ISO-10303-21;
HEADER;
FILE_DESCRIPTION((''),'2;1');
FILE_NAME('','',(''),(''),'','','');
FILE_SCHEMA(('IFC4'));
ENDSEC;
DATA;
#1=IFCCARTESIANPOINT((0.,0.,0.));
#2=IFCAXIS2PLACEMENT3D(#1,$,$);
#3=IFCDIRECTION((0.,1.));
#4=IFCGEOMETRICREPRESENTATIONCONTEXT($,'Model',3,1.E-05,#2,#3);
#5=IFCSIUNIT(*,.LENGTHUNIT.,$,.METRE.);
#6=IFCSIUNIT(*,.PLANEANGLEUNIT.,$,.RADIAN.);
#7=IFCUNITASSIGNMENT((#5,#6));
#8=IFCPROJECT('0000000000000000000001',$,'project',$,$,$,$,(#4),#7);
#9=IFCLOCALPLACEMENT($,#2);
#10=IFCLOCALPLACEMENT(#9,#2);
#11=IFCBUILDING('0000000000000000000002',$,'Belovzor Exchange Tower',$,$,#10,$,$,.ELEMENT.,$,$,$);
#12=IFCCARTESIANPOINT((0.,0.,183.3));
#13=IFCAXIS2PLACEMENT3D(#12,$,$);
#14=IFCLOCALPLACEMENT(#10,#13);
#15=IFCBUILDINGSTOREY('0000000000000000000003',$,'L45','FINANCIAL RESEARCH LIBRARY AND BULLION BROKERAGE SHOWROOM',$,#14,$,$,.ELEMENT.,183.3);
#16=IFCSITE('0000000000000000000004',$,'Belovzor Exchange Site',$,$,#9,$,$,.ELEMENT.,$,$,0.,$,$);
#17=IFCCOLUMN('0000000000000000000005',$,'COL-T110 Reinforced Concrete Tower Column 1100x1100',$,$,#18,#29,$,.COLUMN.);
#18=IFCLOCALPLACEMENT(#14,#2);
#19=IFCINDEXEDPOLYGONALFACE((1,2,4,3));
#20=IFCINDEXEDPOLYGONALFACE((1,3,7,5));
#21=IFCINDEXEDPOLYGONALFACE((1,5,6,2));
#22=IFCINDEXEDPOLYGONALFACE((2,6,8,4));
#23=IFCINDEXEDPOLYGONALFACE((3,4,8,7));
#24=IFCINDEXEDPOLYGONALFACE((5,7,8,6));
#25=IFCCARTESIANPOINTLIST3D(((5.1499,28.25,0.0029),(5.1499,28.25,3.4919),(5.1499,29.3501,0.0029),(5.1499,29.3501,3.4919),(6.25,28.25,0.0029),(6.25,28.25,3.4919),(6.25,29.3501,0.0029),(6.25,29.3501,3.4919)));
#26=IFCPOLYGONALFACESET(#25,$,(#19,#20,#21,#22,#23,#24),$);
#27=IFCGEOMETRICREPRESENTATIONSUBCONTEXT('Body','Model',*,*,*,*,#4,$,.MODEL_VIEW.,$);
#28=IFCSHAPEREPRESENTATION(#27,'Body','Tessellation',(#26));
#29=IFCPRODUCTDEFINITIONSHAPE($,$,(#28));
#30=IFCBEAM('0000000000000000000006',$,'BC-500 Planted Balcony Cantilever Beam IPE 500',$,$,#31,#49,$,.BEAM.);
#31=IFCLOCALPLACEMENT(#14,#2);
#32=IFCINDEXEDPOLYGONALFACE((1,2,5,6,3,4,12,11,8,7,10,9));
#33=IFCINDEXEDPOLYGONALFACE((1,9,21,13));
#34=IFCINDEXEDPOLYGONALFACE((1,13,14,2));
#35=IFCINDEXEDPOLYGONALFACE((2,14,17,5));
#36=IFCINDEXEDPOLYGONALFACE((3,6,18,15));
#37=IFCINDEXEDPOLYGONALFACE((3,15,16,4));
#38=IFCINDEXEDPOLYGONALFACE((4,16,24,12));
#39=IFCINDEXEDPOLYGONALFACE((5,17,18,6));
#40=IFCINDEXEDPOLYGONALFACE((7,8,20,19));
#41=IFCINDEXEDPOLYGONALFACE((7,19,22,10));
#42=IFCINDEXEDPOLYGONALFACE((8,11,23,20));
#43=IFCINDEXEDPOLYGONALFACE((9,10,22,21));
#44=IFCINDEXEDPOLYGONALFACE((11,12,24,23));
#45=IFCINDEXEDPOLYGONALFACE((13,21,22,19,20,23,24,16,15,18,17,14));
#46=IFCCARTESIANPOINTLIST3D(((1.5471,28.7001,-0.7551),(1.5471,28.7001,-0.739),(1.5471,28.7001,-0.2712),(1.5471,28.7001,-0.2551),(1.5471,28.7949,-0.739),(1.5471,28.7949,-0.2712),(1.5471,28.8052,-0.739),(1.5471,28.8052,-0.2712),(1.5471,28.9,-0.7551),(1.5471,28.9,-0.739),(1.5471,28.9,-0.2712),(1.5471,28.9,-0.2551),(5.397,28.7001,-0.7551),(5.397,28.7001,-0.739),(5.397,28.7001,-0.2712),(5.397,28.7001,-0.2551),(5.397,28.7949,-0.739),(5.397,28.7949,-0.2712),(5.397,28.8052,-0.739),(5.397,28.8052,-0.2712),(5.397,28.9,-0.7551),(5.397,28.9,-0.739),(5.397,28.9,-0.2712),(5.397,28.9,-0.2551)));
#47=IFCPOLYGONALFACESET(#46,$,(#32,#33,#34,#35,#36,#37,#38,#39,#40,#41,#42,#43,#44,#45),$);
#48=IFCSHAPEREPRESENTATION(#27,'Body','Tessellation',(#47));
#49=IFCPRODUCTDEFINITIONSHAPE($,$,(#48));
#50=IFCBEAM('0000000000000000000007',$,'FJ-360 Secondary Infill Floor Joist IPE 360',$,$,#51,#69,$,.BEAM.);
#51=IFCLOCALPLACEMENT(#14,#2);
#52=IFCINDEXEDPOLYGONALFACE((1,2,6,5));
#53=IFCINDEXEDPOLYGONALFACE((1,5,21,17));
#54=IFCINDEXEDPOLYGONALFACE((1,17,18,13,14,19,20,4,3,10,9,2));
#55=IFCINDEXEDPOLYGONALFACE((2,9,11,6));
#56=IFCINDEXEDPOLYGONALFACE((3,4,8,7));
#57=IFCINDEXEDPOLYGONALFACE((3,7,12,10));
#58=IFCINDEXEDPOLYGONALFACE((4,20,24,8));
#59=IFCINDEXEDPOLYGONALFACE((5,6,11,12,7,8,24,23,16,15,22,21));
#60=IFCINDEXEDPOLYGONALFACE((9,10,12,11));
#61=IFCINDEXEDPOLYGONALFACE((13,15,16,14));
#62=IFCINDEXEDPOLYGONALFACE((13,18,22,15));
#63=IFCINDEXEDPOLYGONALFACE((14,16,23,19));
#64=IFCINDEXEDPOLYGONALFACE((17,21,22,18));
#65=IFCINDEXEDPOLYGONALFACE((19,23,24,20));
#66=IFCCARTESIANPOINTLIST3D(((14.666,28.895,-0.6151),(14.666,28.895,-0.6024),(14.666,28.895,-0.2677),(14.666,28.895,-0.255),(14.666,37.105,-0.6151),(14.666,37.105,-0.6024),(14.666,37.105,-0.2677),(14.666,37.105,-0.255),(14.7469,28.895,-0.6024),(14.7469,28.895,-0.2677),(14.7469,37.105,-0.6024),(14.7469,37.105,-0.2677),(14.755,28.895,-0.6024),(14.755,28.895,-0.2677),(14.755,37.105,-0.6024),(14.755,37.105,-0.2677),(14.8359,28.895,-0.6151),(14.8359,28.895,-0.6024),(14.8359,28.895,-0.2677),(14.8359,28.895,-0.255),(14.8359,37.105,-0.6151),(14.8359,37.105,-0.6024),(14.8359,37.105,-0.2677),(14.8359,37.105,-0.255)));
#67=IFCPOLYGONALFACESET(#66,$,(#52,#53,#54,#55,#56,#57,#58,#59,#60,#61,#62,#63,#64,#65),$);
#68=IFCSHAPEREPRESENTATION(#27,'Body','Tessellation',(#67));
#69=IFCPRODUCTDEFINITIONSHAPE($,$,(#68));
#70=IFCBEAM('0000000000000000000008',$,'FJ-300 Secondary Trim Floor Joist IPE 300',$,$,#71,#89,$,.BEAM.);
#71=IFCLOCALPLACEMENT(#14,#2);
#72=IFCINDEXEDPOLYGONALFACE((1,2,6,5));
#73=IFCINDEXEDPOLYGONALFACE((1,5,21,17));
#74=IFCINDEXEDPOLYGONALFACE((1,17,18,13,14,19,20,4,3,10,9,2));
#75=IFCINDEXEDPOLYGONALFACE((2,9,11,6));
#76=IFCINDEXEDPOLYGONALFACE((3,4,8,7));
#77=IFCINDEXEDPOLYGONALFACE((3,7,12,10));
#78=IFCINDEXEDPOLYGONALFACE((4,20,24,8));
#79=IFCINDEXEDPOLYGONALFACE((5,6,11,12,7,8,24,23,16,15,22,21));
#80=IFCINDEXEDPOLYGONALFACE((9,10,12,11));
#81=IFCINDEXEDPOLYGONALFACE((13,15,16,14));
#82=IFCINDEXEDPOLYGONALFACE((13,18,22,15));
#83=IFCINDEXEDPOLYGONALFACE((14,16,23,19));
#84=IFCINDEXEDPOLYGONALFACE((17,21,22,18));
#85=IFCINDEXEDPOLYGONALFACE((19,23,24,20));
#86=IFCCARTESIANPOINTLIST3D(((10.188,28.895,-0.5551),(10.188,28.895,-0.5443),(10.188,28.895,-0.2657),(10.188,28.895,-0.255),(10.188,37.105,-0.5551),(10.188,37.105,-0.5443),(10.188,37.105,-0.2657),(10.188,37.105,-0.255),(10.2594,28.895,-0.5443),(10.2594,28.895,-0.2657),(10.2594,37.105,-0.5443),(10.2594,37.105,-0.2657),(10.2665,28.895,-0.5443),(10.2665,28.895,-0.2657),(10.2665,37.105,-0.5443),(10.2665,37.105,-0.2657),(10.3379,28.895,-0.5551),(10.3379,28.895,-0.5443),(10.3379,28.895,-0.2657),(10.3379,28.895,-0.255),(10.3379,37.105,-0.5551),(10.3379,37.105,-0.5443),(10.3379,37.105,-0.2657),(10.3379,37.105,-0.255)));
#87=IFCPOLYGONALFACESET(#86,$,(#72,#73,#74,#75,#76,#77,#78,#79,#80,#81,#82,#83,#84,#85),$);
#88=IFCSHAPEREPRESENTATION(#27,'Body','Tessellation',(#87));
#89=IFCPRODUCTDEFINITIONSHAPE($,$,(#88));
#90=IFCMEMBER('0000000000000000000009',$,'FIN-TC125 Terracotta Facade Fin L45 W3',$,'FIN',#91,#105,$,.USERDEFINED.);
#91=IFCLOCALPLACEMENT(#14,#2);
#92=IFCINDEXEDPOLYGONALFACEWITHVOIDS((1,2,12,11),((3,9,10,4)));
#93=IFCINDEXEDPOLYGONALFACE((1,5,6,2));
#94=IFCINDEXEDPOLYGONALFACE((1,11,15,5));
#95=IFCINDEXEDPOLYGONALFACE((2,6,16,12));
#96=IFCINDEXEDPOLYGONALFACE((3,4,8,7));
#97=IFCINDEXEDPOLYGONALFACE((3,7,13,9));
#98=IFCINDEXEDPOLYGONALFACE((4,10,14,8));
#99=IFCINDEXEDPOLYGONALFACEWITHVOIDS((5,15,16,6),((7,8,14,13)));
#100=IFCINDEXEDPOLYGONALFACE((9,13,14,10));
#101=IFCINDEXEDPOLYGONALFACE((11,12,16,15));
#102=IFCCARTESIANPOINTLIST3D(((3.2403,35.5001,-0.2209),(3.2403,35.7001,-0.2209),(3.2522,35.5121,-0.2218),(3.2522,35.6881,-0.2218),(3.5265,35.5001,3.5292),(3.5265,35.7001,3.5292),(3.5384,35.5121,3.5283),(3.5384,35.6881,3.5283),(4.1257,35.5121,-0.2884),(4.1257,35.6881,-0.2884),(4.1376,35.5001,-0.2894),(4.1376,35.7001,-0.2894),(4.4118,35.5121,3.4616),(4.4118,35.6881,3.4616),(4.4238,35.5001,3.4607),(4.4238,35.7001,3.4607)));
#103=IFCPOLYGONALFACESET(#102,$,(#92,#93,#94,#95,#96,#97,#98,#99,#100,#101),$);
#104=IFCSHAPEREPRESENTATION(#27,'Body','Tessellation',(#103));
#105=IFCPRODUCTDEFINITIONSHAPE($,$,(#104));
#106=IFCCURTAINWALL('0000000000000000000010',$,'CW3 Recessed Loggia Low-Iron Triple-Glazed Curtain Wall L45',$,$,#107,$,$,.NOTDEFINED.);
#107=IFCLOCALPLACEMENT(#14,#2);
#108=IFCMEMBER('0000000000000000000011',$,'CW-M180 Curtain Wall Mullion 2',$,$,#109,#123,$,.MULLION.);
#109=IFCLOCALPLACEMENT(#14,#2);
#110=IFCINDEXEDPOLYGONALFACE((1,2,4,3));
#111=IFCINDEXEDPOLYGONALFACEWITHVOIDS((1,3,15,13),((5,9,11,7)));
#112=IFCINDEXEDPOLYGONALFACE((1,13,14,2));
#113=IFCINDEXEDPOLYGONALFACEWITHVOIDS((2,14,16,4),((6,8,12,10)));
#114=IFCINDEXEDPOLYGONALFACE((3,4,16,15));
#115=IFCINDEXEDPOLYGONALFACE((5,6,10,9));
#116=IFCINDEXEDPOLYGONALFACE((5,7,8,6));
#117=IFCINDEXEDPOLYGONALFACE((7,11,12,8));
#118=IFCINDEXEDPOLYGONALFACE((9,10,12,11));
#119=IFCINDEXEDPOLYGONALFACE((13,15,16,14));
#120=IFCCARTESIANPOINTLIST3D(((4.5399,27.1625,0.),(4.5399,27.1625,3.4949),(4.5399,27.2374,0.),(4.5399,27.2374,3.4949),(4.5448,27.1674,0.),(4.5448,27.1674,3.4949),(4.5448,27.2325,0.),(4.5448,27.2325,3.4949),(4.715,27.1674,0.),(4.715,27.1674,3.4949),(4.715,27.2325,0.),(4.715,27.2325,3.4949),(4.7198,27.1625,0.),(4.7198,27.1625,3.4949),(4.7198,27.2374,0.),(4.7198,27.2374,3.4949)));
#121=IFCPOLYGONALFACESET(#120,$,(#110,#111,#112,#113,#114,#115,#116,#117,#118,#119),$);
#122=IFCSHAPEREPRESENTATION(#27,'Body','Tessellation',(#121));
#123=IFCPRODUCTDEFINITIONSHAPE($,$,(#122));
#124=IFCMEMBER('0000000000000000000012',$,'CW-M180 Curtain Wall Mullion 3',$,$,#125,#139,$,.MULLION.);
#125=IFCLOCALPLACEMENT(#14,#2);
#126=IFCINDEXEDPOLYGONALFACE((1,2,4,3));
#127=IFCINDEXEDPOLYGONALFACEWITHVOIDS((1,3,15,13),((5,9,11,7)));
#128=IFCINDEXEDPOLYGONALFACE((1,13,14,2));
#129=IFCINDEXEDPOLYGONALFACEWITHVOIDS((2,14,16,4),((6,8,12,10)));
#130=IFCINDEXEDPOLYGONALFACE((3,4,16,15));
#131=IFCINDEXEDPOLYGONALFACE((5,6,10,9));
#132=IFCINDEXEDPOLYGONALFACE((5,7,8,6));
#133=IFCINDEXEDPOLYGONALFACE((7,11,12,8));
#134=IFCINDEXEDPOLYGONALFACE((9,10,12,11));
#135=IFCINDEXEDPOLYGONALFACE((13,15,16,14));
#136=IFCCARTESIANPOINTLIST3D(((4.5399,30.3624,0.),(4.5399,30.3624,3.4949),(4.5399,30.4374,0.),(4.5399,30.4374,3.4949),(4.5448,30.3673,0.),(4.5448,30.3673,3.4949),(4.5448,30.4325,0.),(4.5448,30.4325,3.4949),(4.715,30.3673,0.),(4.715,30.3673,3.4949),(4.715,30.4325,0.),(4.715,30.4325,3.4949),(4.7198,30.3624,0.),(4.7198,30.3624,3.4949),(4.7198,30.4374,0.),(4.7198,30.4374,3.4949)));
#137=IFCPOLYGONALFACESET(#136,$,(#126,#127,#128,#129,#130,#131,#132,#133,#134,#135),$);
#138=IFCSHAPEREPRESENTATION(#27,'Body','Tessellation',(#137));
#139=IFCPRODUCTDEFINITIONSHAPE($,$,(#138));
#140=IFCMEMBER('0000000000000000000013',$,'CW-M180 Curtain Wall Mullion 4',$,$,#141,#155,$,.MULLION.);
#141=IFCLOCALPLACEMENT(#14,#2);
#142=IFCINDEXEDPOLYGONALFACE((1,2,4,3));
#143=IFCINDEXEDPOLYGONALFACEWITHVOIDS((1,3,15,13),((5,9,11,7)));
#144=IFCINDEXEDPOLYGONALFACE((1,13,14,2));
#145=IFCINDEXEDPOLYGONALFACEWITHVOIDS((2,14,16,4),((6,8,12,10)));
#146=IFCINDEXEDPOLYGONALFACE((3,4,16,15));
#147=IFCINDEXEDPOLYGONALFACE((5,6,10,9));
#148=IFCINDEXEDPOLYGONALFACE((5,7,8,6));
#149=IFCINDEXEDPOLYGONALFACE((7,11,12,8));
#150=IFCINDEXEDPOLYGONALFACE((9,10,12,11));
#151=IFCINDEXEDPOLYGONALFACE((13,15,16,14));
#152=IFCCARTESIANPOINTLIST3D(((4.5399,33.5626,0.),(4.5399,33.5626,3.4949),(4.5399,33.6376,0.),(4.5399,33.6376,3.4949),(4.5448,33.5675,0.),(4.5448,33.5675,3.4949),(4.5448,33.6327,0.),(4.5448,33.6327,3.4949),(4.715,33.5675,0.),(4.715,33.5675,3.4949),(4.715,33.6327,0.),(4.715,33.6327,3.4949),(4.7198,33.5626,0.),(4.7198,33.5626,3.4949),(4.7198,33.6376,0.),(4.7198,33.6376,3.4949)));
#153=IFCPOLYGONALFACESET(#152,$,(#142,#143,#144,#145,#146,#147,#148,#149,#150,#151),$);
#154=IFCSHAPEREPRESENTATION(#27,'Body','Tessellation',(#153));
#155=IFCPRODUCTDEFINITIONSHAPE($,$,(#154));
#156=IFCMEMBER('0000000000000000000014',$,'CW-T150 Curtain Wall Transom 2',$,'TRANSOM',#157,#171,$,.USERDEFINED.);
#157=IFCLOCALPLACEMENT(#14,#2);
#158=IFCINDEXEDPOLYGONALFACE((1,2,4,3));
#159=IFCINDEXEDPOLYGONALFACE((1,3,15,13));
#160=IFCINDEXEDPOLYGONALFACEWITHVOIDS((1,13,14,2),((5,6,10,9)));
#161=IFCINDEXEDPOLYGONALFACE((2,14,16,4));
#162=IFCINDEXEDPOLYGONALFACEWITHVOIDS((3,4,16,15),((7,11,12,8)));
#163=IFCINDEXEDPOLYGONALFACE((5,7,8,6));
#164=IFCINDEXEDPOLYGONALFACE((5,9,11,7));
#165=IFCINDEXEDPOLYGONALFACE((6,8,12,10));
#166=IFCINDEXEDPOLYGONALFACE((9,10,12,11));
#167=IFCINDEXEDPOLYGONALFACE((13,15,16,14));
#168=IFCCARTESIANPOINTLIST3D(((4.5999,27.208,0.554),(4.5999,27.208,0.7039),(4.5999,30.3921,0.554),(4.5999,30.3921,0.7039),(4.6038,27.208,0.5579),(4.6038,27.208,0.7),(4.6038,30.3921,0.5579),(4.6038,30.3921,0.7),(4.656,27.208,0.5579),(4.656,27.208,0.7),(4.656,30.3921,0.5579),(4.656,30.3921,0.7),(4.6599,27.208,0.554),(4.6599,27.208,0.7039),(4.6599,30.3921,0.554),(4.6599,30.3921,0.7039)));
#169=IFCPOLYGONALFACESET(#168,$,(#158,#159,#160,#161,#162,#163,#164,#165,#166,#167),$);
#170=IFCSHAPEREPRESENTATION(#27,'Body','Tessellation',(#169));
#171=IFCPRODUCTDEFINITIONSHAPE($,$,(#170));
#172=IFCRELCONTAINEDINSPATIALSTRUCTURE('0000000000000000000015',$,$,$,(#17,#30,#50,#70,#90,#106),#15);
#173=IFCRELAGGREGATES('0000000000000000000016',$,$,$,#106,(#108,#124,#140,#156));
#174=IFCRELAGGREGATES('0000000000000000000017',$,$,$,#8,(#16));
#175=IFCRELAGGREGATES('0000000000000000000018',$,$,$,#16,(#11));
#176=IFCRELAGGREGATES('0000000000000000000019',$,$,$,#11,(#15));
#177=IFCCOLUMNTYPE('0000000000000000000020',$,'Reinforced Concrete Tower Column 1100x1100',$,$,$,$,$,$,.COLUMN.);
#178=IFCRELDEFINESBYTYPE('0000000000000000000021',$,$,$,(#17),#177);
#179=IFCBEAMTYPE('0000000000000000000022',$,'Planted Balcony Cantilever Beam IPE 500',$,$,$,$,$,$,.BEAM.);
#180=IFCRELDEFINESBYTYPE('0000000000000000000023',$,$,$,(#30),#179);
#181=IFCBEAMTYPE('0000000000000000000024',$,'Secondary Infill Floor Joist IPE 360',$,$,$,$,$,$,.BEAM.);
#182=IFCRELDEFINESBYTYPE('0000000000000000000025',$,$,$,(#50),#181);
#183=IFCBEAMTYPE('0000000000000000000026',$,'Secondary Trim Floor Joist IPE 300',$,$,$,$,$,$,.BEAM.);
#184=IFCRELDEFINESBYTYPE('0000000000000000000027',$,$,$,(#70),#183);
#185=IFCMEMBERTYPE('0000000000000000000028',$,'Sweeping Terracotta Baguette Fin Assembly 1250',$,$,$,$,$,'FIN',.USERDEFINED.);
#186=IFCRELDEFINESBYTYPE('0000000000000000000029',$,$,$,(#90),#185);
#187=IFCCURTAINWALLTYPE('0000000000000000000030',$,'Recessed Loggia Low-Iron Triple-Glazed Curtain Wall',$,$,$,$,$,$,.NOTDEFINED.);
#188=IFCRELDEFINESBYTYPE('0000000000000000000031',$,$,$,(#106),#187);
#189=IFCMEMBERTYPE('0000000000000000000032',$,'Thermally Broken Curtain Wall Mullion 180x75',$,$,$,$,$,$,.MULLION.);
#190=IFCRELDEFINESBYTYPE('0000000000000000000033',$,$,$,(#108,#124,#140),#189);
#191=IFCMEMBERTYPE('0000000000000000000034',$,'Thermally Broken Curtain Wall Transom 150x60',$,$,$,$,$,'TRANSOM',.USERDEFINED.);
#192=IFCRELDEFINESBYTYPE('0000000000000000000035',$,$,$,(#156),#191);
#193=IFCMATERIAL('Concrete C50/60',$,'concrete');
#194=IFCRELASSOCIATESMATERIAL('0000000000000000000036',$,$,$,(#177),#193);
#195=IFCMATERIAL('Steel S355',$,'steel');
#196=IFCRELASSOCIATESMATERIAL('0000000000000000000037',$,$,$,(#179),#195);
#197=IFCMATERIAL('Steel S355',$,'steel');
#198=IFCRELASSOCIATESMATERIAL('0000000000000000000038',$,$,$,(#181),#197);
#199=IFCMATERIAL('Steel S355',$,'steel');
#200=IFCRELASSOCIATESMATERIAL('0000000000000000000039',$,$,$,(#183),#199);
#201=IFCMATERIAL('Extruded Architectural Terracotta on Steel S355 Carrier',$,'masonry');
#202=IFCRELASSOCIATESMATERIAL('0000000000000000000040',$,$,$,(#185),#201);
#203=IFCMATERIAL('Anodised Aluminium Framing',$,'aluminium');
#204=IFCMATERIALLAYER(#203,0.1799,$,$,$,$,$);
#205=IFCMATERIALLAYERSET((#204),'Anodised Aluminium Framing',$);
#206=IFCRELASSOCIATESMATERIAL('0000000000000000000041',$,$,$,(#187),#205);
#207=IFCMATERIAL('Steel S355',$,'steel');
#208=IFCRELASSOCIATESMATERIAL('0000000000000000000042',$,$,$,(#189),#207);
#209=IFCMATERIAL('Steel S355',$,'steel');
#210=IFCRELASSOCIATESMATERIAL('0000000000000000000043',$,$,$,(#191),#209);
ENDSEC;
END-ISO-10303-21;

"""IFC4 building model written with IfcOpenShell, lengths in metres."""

from ifc_helpers import new_model, si_unit, direction, frame, origin, origin_2d, place, context, subcontext, project, spatial, rectangle, hollow_rectangle, i_section, extrude, material, layer, layer_set, material_profile, profile_set, type_object, element, aggregate, save


model = new_model("IFC4")

# Units and contexts
model_context = context("Model", 3, precision=1e-05, world=origin(), true_north=direction((0.0, 1.0)))
body_context = subcontext(model_context, "Body", "Model", "MODEL_VIEW")
ifc_project = project(units=[si_unit("LENGTHUNIT", "METRE"), si_unit("PLANEANGLEUNIT", "RADIAN")], contexts=[model_context])

# Site, building, storey
site_placement = place(None, origin())
site = spatial("IfcSite", under=ifc_project, at=site_placement, Name="Belovzor Exchange Site", CompositionType="ELEMENT", RefElevation=0.0)
building_placement = place(site_placement, origin())
building = spatial("IfcBuilding", under=site, at=building_placement, Name="Belovzor Exchange Tower", CompositionType="ELEMENT")
storey_placement = place(building_placement, frame((0.0, 0.0, 183.3)))
storey = spatial("IfcBuildingStorey", under=building, at=storey_placement, Name="L45", Description="FINANCIAL RESEARCH LIBRARY AND BULLION BROKERAGE SHOWROOM", CompositionType="ELEMENT", Elevation=183.3)

# Column
ifc_material_1 = material(Name="Concrete C50/60", Category="concrete")
ifc_material_profile_1 = material_profile(ifc_material_1, rectangle(XDim=1.1001, YDim=1.1001, at=origin_2d()))
ifc_profile_set_1 = profile_set([ifc_material_profile_1], Name="Concrete C50/60")
column_type = type_object("IfcColumnType", Name="Reinforced Concrete Tower Column 1100x1100", PredefinedType="COLUMN", material=ifc_profile_set_1)
column_placement = place(storey_placement, frame((5.7, 28.8, 0.0029), z_axis=(0.0, 0.0, 1.0), x_axis=(1.0, 0.0, 0.0)))
element("IfcColumn", 1, at=column_placement, inside=storey, type_object=column_type, Name="COL-T110 Reinforced Concrete Tower Column 1100x1100", PredefinedType="COLUMN", context=body_context, shape_type="SweptSolid", body=[
    extrude(rectangle(XDim=1.1001, YDim=1.1001, at=origin_2d()), origin(), (0.0, 0.0, 1.0), 3.489),
])

# Beams
ifc_material_2 = material(Name="Steel S355", Category="steel")
ifc_material_profile_2 = material_profile(ifc_material_2, i_section(OverallWidth=0.2, OverallDepth=0.5, WebThickness=0.0103, FlangeThickness=0.0161, at=origin_2d()))
ifc_profile_set_2 = profile_set([ifc_material_profile_2], Name="Steel S355")
beam_type_1 = type_object("IfcBeamType", Name="Planted Balcony Cantilever Beam IPE 500", PredefinedType="BEAM", material=ifc_profile_set_2)
beam_1_placement = place(storey_placement, frame((5.397, 28.8, -0.5051), z_axis=(-1.0, 0.0, 0.0), x_axis=(0.0, -1.0, 0.0)))
element("IfcBeam", 2, at=beam_1_placement, inside=storey, type_object=beam_type_1, Name="BC-500 Planted Balcony Cantilever Beam IPE 500", PredefinedType="BEAM", context=body_context, shape_type="SweptSolid", body=[
    extrude(i_section(OverallWidth=0.2, OverallDepth=0.5, WebThickness=0.0103, FlangeThickness=0.0161, at=origin_2d()), origin(), (0.0, 0.0, 1.0), 3.8499),
])
ifc_material_3 = material(Name="Steel S355", Category="steel")
ifc_material_profile_3 = material_profile(ifc_material_3, i_section(OverallWidth=0.1699, OverallDepth=0.3601, WebThickness=0.0081, FlangeThickness=0.0127, at=origin_2d()))
ifc_profile_set_3 = profile_set([ifc_material_profile_3], Name="Steel S355")
beam_type_2 = type_object("IfcBeamType", Name="Secondary Infill Floor Joist IPE 360", PredefinedType="BEAM", material=ifc_profile_set_3)
beam_2_placement = place(storey_placement, frame((14.751, 28.895, -0.4351), z_axis=(0.0, 1.0, 0.0), x_axis=(-1.0, 0.0, 0.0)))
element("IfcBeam", 3, at=beam_2_placement, inside=storey, type_object=beam_type_2, Name="FJ-360 Secondary Infill Floor Joist IPE 360", PredefinedType="BEAM", context=body_context, shape_type="SweptSolid", body=[
    extrude(i_section(OverallWidth=0.1699, OverallDepth=0.3601, WebThickness=0.0081, FlangeThickness=0.0127, at=origin_2d()), origin(), (0.0, 0.0, 1.0), 8.21),
])
ifc_material_4 = material(Name="Steel S355", Category="steel")
ifc_material_profile_4 = material_profile(ifc_material_4, i_section(OverallWidth=0.1499, OverallDepth=0.3, WebThickness=0.0071, FlangeThickness=0.0107, at=origin_2d()))
ifc_profile_set_4 = profile_set([ifc_material_profile_4], Name="Steel S355")
beam_type_3 = type_object("IfcBeamType", Name="Secondary Trim Floor Joist IPE 300", PredefinedType="BEAM", material=ifc_profile_set_4)
beam_3_placement = place(storey_placement, frame((10.2629, 28.895, -0.405), z_axis=(0.0, 1.0, 0.0), x_axis=(-1.0, 0.0, 0.0)))
element("IfcBeam", 4, at=beam_3_placement, inside=storey, type_object=beam_type_3, Name="FJ-300 Secondary Trim Floor Joist IPE 300", PredefinedType="BEAM", context=body_context, shape_type="SweptSolid", body=[
    extrude(i_section(OverallWidth=0.1499, OverallDepth=0.3, WebThickness=0.0071, FlangeThickness=0.0107, at=origin_2d()), origin(), (0.0, 0.0, 1.0), 8.21),
])

# Member
ifc_material_5 = material(Name="Extruded Architectural Terracotta on Steel S355 Carrier", Category="masonry")
ifc_material_profile_5 = material_profile(ifc_material_5, hollow_rectangle(XDim=0.2, YDim=0.8999, WallThickness=0.012, at=origin_2d()))
ifc_profile_set_5 = profile_set([ifc_material_profile_5], Name="Extruded Architectural Terracotta on Steel S355 Carrier")
member_type_1 = type_object("IfcMemberType", Name="Sweeping Terracotta Baguette Fin Assembly 1250", ElementType="FIN", PredefinedType="USERDEFINED", material=ifc_profile_set_5)
member_1_placement = place(storey_placement, frame((3.689, 35.6001, -0.2551), z_axis=(0.076081, 0.0, 0.997102), x_axis=(0.0, 1.0, 0.0)))
element("IfcMember", 5, at=member_1_placement, inside=storey, type_object=member_type_1, Name="FIN-TC125 Terracotta Facade Fin L45 W3", ObjectType="FIN", PredefinedType="USERDEFINED", context=body_context, shape_type="SweptSolid", body=[
    extrude(hollow_rectangle(XDim=0.2, YDim=0.8999, WallThickness=0.012, at=origin_2d()), origin(), (0.0, 0.0, 1.0), 3.761),
])

# Curtain wall, members
ifc_material_6 = material(Name="Anodised Aluminium Framing", Category="aluminium")
ifc_layer_1 = layer(ifc_material_6, 0.1799)
ifc_layer_set_1 = layer_set([ifc_layer_1], Name="Anodised Aluminium Framing")
curtain_wall_type = type_object("IfcCurtainWallType", Name="Recessed Loggia Low-Iron Triple-Glazed Curtain Wall", PredefinedType="NOTDEFINED", material=ifc_layer_set_1)
curtain_wall_placement = place(storey_placement, origin())
curtain_wall = element("IfcCurtainWall", 6, at=curtain_wall_placement, inside=storey, type_object=curtain_wall_type, Name="CW3 Recessed Loggia Low-Iron Triple-Glazed Curtain Wall L45", PredefinedType="NOTDEFINED")
ifc_material_7 = material(Name="Steel S355", Category="steel")
ifc_material_profile_6 = material_profile(ifc_material_7, hollow_rectangle(XDim=0.075, YDim=0.1799, WallThickness=0.0049, at=origin_2d()))
ifc_profile_set_6 = profile_set([ifc_material_profile_6], Name="Steel S355")
member_type_2 = type_object("IfcMemberType", Name="Thermally Broken Curtain Wall Mullion 180x75", PredefinedType="MULLION", material=ifc_profile_set_6)
member_2_placement = place(storey_placement, frame((4.6299, 27.2, 0.0), z_axis=(0.0, 0.0, 1.0), x_axis=(0.0, 1.0, 0.0)))
member_2 = element("IfcMember", 7, at=member_2_placement, type_object=member_type_2, Name="CW-M180 Curtain Wall Mullion 2", PredefinedType="MULLION", context=body_context, shape_type="SweptSolid", body=[
    extrude(hollow_rectangle(XDim=0.075, YDim=0.1799, WallThickness=0.0049, at=origin_2d()), origin(), (0.0, 0.0, 1.0), 3.4949),
])
member_3_placement = place(storey_placement, frame((4.6299, 30.3999, 0.0), z_axis=(0.0, 0.0, 1.0), x_axis=(0.0, 1.0, 0.0)))
member_3 = element("IfcMember", 8, at=member_3_placement, type_object=member_type_2, Name="CW-M180 Curtain Wall Mullion 3", PredefinedType="MULLION", context=body_context, shape_type="SweptSolid", body=[
    extrude(hollow_rectangle(XDim=0.075, YDim=0.1799, WallThickness=0.0049, at=origin_2d()), origin(), (0.0, 0.0, 1.0), 3.4949),
])
member_4_placement = place(storey_placement, frame((4.6299, 33.6001, 0.0), z_axis=(0.0, 0.0, 1.0), x_axis=(0.0, 1.0, 0.0)))
member_4 = element("IfcMember", 9, at=member_4_placement, type_object=member_type_2, Name="CW-M180 Curtain Wall Mullion 4", PredefinedType="MULLION", context=body_context, shape_type="SweptSolid", body=[
    extrude(hollow_rectangle(XDim=0.075, YDim=0.1799, WallThickness=0.0049, at=origin_2d()), origin(), (0.0, 0.0, 1.0), 3.4949),
])
ifc_material_8 = material(Name="Steel S355", Category="steel")
ifc_material_profile_7 = material_profile(ifc_material_8, hollow_rectangle(XDim=0.0601, YDim=0.1499, WallThickness=0.0039, at=origin_2d()))
ifc_profile_set_7 = profile_set([ifc_material_profile_7], Name="Steel S355")
member_type_3 = type_object("IfcMemberType", Name="Thermally Broken Curtain Wall Transom 150x60", ElementType="TRANSOM", PredefinedType="USERDEFINED", material=ifc_profile_set_7)
member_5_placement = place(storey_placement, frame((4.6299, 27.208, 0.6289), z_axis=(0.0, 1.0, 0.0), x_axis=(-1.0, 0.0, 0.0)))
member_5 = element("IfcMember", 10, at=member_5_placement, type_object=member_type_3, Name="CW-T150 Curtain Wall Transom 2", ObjectType="TRANSOM", PredefinedType="USERDEFINED", context=body_context, shape_type="SweptSolid", body=[
    extrude(hollow_rectangle(XDim=0.0601, YDim=0.1499, WallThickness=0.0039, at=origin_2d()), origin(), (0.0, 0.0, 1.0), 3.1841),
])

aggregate(curtain_wall, [member_2, member_3, member_4, member_5])

save(model, "model.ifc")
